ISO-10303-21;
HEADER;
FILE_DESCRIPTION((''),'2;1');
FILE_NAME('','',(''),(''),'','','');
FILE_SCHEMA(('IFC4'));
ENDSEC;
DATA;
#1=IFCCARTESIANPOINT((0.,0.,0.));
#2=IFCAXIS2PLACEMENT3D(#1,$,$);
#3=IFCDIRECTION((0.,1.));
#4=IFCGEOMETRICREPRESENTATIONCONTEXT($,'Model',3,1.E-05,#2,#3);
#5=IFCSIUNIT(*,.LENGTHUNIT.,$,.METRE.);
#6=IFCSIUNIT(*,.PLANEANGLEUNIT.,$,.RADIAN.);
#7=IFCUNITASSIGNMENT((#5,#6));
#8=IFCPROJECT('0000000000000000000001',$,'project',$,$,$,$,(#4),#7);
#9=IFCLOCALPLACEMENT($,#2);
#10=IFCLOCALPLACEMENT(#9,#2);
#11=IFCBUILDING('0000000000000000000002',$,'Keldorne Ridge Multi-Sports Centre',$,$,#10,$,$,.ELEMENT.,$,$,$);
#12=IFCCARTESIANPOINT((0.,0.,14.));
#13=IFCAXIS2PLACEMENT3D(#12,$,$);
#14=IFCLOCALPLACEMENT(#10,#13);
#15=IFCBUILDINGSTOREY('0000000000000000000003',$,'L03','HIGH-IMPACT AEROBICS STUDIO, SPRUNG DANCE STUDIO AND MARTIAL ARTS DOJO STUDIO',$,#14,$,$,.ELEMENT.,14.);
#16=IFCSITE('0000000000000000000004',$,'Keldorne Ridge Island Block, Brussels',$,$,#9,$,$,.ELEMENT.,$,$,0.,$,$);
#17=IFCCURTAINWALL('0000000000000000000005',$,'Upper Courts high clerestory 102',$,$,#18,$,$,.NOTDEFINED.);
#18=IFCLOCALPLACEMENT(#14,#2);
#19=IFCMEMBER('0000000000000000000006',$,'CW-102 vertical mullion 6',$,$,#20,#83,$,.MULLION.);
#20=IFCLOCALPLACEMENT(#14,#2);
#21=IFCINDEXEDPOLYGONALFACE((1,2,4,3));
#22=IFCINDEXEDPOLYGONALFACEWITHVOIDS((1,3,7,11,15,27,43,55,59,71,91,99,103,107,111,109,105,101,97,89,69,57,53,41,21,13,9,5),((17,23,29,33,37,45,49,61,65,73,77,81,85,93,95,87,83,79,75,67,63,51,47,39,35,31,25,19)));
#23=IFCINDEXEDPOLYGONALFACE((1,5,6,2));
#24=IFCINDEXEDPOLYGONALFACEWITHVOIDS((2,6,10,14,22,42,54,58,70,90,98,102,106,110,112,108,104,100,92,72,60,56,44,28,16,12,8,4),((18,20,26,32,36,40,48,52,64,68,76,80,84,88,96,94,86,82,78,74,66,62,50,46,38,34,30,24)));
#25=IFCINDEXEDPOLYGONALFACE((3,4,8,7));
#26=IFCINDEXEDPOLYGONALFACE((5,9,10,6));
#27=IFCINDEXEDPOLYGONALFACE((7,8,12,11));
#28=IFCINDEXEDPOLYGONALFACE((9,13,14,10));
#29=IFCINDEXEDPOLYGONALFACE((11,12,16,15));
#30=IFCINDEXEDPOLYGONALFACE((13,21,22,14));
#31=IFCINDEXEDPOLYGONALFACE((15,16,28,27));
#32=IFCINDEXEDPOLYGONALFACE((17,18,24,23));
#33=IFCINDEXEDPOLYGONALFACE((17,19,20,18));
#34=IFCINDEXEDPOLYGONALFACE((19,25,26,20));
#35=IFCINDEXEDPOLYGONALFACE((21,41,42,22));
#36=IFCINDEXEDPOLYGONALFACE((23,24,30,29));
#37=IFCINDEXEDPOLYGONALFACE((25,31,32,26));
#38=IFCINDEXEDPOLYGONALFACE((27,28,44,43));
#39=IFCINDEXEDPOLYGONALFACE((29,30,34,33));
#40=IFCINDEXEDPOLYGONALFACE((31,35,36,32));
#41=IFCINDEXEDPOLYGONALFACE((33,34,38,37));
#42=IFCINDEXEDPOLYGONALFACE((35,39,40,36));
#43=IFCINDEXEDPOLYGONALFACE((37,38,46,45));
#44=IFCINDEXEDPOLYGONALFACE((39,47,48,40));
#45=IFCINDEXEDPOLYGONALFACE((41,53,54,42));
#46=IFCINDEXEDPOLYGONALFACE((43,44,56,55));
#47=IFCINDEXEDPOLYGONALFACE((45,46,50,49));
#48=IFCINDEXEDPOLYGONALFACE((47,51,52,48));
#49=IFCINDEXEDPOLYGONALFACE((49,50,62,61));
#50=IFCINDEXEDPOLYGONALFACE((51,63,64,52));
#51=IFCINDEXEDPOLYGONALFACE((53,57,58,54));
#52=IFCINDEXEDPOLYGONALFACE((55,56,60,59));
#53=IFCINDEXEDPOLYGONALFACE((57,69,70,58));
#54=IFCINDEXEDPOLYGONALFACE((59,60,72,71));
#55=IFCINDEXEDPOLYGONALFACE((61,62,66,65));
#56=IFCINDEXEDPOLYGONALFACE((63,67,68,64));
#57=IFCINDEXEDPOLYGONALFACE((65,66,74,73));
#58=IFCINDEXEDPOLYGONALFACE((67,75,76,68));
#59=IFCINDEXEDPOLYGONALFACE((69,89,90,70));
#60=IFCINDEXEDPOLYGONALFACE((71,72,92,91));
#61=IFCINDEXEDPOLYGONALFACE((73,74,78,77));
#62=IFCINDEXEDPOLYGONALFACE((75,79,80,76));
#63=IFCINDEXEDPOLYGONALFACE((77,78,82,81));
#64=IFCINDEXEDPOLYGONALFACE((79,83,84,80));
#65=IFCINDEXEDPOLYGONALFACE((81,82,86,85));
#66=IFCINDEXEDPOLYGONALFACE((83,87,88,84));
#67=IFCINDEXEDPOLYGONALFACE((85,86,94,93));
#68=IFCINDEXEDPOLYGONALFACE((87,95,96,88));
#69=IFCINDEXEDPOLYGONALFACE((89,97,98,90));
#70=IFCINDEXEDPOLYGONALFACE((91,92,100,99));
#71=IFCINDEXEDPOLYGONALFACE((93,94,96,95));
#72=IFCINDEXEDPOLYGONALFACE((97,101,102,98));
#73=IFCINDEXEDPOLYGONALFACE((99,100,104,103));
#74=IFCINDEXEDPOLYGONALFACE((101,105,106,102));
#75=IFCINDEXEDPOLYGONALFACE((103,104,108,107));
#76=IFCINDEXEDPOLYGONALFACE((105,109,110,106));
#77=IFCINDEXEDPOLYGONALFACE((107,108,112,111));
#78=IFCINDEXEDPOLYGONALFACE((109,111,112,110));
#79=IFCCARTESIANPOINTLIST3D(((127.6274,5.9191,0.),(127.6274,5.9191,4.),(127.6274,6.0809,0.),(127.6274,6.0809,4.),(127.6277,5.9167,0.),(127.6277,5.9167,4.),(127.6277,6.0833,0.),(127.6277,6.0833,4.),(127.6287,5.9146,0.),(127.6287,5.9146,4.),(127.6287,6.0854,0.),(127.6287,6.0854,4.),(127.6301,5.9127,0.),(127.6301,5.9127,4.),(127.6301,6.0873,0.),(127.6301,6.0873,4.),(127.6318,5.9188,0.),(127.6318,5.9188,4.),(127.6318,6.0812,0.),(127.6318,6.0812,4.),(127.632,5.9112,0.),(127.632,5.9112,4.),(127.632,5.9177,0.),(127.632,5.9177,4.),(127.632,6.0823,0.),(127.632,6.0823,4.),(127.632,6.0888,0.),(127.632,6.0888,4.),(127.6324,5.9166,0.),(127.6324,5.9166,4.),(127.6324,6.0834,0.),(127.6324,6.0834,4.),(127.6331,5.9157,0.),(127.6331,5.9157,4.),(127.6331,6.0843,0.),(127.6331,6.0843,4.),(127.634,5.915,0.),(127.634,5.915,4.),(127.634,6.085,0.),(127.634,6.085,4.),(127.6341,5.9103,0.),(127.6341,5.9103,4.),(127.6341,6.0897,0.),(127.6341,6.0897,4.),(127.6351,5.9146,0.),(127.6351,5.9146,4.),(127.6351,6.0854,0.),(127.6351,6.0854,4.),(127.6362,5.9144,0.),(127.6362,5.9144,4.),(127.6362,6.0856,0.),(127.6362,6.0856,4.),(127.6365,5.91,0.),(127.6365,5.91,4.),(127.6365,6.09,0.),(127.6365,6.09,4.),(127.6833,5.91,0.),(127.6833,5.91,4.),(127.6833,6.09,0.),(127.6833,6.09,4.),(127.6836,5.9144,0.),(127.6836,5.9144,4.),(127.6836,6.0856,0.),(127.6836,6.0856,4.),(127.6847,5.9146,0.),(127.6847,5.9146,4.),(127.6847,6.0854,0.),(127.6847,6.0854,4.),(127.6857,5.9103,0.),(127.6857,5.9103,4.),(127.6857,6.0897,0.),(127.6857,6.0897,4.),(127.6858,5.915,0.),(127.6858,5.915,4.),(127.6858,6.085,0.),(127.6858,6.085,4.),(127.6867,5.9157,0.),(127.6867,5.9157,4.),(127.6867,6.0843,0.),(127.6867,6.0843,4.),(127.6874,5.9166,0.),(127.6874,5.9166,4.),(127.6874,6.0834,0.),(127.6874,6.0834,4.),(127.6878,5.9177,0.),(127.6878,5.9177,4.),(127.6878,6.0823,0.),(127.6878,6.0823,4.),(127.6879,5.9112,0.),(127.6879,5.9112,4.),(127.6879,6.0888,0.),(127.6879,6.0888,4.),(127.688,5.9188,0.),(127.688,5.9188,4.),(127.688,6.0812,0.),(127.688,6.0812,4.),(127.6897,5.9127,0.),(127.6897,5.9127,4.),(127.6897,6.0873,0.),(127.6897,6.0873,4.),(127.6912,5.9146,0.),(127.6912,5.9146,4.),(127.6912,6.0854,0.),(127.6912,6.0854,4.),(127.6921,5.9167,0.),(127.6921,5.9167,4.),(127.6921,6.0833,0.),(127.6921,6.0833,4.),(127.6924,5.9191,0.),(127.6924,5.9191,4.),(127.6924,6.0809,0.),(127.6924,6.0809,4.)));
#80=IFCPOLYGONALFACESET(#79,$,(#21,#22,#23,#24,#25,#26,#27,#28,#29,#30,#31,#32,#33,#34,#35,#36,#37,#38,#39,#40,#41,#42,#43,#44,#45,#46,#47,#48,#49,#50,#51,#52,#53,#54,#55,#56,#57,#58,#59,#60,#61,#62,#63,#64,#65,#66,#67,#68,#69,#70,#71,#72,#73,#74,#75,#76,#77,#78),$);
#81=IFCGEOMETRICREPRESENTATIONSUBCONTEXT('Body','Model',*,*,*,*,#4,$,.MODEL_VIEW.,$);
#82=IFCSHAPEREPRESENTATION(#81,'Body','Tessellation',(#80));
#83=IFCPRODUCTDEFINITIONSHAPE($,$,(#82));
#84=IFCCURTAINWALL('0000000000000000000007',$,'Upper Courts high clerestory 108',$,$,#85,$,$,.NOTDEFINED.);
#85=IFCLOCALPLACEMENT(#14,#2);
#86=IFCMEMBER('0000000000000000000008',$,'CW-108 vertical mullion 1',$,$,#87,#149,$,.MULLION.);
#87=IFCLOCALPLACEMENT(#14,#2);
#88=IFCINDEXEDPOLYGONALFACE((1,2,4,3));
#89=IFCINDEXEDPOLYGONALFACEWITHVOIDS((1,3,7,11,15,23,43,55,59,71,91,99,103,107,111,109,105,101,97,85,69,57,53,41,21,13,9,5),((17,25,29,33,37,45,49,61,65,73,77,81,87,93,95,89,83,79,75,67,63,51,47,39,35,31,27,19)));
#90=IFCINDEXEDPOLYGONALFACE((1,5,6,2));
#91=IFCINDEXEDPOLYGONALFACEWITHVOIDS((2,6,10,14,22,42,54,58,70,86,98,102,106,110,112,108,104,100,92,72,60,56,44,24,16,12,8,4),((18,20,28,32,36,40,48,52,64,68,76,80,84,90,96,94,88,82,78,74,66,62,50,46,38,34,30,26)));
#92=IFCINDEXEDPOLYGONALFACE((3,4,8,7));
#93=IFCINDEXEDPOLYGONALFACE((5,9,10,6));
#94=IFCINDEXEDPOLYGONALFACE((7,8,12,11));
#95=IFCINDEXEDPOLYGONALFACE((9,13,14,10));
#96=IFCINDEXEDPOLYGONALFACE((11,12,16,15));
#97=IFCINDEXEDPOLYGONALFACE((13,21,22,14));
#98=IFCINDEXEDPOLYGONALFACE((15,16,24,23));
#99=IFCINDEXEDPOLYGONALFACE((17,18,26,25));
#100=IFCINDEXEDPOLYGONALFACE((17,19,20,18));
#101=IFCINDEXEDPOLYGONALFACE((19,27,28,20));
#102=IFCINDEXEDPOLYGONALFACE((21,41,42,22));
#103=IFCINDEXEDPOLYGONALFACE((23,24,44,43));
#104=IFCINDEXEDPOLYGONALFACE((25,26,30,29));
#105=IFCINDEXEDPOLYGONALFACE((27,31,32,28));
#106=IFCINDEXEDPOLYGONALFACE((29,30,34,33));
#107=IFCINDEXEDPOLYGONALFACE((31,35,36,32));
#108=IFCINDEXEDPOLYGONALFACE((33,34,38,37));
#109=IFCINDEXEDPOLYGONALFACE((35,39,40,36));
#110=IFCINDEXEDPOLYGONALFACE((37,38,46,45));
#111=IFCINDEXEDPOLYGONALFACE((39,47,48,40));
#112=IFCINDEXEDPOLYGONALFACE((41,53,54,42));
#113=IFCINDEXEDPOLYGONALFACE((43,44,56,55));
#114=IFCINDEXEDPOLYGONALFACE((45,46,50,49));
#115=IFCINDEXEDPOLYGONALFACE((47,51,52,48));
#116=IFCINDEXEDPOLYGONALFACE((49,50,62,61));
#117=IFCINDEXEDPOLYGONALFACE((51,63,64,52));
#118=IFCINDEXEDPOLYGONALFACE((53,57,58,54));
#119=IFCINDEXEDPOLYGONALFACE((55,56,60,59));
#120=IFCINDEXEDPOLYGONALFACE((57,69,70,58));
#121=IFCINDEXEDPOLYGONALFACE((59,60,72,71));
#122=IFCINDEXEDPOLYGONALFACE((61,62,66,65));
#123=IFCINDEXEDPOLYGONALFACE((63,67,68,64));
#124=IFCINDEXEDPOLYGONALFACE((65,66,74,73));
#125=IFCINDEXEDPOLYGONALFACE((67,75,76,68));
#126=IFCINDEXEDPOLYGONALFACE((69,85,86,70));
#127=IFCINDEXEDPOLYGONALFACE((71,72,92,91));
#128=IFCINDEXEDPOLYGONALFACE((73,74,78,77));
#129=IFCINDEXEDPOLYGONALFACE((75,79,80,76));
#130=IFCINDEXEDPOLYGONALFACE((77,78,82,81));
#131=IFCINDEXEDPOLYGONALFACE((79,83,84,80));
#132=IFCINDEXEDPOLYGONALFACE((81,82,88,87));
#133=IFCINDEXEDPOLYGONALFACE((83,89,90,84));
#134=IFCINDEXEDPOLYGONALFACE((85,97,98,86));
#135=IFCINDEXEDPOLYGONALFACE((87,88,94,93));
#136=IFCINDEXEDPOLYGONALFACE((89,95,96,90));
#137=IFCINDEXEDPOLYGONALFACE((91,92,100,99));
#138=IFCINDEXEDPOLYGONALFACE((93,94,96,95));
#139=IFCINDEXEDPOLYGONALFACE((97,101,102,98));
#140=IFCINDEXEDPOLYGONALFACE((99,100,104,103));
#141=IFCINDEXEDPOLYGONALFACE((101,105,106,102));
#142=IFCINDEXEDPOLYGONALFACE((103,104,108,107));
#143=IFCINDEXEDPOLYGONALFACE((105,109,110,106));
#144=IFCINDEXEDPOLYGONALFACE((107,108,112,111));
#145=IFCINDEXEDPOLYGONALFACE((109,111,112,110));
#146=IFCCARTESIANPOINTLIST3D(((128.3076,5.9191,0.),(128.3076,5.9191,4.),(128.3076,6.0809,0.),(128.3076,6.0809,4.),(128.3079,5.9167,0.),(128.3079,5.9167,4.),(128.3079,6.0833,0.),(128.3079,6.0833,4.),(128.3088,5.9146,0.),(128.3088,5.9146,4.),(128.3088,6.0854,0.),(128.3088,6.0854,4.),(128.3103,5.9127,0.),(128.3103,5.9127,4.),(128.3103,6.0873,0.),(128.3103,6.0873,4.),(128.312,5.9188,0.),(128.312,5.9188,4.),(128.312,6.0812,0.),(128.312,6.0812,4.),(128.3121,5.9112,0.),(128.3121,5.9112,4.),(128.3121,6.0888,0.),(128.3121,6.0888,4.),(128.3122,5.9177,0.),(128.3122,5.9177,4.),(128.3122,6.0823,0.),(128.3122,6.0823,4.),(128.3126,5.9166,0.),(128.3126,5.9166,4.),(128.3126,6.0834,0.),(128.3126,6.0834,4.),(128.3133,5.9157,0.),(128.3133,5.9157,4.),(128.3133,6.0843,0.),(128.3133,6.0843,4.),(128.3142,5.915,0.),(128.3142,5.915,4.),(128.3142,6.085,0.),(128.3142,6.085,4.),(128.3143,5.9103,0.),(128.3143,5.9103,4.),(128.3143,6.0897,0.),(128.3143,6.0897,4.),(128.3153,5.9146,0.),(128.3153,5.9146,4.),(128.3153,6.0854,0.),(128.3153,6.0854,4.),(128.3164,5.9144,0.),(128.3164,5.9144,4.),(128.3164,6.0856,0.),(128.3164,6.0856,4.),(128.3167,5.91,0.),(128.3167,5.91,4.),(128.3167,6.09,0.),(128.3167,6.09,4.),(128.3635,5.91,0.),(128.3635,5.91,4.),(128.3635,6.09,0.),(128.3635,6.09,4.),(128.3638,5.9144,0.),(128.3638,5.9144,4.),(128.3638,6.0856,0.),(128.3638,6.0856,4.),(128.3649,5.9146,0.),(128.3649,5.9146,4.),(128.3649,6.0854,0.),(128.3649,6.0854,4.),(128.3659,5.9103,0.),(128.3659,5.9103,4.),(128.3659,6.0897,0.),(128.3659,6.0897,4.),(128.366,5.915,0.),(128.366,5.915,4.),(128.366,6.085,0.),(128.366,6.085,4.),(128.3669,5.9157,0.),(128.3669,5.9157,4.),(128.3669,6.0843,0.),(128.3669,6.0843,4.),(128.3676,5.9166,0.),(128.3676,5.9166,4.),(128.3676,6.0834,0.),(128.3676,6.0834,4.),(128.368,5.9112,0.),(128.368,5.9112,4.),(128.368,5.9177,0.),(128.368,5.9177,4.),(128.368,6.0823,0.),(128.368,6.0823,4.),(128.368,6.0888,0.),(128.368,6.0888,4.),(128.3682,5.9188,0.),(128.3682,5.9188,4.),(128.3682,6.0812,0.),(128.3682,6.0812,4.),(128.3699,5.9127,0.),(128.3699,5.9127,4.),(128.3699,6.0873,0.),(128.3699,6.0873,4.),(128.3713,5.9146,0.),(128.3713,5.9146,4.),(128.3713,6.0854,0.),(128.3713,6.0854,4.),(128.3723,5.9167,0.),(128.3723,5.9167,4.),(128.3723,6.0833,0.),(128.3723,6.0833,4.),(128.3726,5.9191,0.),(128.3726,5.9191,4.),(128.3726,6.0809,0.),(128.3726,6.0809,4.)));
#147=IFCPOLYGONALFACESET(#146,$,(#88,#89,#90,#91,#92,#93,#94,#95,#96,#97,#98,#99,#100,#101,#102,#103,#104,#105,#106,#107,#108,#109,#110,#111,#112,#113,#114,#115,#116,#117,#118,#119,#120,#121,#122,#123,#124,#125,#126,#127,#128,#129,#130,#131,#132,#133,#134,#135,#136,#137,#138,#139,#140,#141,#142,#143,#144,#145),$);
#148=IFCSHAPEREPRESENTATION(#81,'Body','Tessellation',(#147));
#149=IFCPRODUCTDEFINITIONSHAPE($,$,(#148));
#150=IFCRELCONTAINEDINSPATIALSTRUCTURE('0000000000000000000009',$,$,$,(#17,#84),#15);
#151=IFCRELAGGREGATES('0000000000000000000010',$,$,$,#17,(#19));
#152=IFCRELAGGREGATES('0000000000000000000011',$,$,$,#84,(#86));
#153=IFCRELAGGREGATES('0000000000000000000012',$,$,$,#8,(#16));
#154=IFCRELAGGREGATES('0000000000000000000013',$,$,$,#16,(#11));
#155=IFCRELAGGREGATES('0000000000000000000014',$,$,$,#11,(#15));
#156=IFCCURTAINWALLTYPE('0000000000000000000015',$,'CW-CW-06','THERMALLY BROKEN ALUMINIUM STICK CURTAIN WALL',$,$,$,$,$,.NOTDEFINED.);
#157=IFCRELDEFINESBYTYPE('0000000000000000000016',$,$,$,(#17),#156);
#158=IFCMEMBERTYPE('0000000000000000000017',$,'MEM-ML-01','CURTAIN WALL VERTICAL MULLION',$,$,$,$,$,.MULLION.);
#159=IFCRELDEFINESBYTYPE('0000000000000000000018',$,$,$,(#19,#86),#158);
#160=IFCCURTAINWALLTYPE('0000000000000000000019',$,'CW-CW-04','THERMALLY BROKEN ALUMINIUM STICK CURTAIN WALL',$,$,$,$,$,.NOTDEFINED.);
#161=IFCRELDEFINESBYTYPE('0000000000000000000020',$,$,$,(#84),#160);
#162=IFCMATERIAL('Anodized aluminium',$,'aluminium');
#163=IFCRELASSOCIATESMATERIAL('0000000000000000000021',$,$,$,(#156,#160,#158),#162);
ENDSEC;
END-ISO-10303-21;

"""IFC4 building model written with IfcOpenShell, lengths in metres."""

from ifc_helpers import new_model, si_unit, direction, frame, origin, origin_2d, place, context, subcontext, project, spatial, hollow_rectangle, extrude, material, material_profile, profile_set, type_object, element, aggregate, save


model = new_model("IFC4")

# Units and contexts
model_context = context("Model", 3, precision=1e-05, world=origin(), true_north=direction((0.0, 1.0)))
body_context = subcontext(model_context, "Body", "Model", "MODEL_VIEW")
ifc_project = project(units=[si_unit("LENGTHUNIT", "METRE"), si_unit("PLANEANGLEUNIT", "RADIAN")], contexts=[model_context])

# Site, building, storey
site_placement = place(None, origin())
site = spatial("IfcSite", under=ifc_project, at=site_placement, Name="Keldorne Ridge Island Block, Brussels", CompositionType="ELEMENT", RefElevation=0.0)
building_placement = place(site_placement, origin())
building = spatial("IfcBuilding", under=site, at=building_placement, Name="Keldorne Ridge Multi-Sports Centre", CompositionType="ELEMENT")
storey_placement = place(building_placement, frame((0.0, 0.0, 14.0)))
storey = spatial("IfcBuildingStorey", under=building, at=storey_placement, Name="L03", Description="HIGH-IMPACT AEROBICS STUDIO, SPRUNG DANCE STUDIO AND MARTIAL ARTS DOJO STUDIO", CompositionType="ELEMENT", Elevation=14.0)

# Curtain walls, members
ifc_material_1 = material(Name="Anodized aluminium", Category="aluminium")
curtain_wall_type_1 = type_object("IfcCurtainWallType", Name="CW-CW-06", Description="THERMALLY BROKEN ALUMINIUM STICK CURTAIN WALL", PredefinedType="NOTDEFINED", material=ifc_material_1)
curtain_wall_1_placement = place(storey_placement, origin())
curtain_wall_1 = element("IfcCurtainWall", 1, at=curtain_wall_1_placement, inside=storey, type_object=curtain_wall_type_1, Name="Upper Courts high clerestory 102", PredefinedType="NOTDEFINED")
ifc_material_profile_1 = material_profile(ifc_material_1, hollow_rectangle(XDim=0.0649, YDim=0.1799, WallThickness=0.0044, InnerFilletRadius=0.0044, OuterFilletRadius=0.009, at=origin_2d()), Name="ALU MULLION 180x65x4.5")
ifc_profile_set_1 = profile_set([ifc_material_profile_1], Name="Anodized aluminium")
member_type_1 = type_object("IfcMemberType", Name="MEM-ML-01", Description="CURTAIN WALL VERTICAL MULLION", PredefinedType="MULLION", material=ifc_profile_set_1)
member_1_placement = place(storey_placement, frame((127.6599, 6.0, 0.0), z_axis=(0.0, 0.0, 1.0), x_axis=(1.0, 0.0, 0.0)))
member_1 = element("IfcMember", 2, at=member_1_placement, type_object=member_type_1, Name="CW-102 vertical mullion 6", PredefinedType="MULLION", context=body_context, shape_type="SweptSolid", body=[
    extrude(hollow_rectangle(XDim=0.0649, YDim=0.1799, WallThickness=0.0044, InnerFilletRadius=0.0044, OuterFilletRadius=0.009, at=origin_2d()), origin(), (0.0, 0.0, 1.0), 4.0),
])
curtain_wall_type_2 = type_object("IfcCurtainWallType", Name="CW-CW-04", Description="THERMALLY BROKEN ALUMINIUM STICK CURTAIN WALL", PredefinedType="NOTDEFINED", material=ifc_material_1)
curtain_wall_2_placement = place(storey_placement, origin())
curtain_wall_2 = element("IfcCurtainWall", 3, at=curtain_wall_2_placement, inside=storey, type_object=curtain_wall_type_2, Name="Upper Courts high clerestory 108", PredefinedType="NOTDEFINED")
member_2_placement = place(storey_placement, frame((128.3401, 6.0, 0.0), z_axis=(0.0, 0.0, 1.0), x_axis=(1.0, 0.0, 0.0)))
member_2 = element("IfcMember", 4, at=member_2_placement, type_object=member_type_1, Name="CW-108 vertical mullion 1", PredefinedType="MULLION", context=body_context, shape_type="SweptSolid", body=[
    extrude(hollow_rectangle(XDim=0.0649, YDim=0.1799, WallThickness=0.0044, InnerFilletRadius=0.0044, OuterFilletRadius=0.009, at=origin_2d()), origin(), (0.0, 0.0, 1.0), 4.0),
])

aggregate(curtain_wall_1, [member_1])
aggregate(curtain_wall_2, [member_2])

save(model, "model.ifc")
